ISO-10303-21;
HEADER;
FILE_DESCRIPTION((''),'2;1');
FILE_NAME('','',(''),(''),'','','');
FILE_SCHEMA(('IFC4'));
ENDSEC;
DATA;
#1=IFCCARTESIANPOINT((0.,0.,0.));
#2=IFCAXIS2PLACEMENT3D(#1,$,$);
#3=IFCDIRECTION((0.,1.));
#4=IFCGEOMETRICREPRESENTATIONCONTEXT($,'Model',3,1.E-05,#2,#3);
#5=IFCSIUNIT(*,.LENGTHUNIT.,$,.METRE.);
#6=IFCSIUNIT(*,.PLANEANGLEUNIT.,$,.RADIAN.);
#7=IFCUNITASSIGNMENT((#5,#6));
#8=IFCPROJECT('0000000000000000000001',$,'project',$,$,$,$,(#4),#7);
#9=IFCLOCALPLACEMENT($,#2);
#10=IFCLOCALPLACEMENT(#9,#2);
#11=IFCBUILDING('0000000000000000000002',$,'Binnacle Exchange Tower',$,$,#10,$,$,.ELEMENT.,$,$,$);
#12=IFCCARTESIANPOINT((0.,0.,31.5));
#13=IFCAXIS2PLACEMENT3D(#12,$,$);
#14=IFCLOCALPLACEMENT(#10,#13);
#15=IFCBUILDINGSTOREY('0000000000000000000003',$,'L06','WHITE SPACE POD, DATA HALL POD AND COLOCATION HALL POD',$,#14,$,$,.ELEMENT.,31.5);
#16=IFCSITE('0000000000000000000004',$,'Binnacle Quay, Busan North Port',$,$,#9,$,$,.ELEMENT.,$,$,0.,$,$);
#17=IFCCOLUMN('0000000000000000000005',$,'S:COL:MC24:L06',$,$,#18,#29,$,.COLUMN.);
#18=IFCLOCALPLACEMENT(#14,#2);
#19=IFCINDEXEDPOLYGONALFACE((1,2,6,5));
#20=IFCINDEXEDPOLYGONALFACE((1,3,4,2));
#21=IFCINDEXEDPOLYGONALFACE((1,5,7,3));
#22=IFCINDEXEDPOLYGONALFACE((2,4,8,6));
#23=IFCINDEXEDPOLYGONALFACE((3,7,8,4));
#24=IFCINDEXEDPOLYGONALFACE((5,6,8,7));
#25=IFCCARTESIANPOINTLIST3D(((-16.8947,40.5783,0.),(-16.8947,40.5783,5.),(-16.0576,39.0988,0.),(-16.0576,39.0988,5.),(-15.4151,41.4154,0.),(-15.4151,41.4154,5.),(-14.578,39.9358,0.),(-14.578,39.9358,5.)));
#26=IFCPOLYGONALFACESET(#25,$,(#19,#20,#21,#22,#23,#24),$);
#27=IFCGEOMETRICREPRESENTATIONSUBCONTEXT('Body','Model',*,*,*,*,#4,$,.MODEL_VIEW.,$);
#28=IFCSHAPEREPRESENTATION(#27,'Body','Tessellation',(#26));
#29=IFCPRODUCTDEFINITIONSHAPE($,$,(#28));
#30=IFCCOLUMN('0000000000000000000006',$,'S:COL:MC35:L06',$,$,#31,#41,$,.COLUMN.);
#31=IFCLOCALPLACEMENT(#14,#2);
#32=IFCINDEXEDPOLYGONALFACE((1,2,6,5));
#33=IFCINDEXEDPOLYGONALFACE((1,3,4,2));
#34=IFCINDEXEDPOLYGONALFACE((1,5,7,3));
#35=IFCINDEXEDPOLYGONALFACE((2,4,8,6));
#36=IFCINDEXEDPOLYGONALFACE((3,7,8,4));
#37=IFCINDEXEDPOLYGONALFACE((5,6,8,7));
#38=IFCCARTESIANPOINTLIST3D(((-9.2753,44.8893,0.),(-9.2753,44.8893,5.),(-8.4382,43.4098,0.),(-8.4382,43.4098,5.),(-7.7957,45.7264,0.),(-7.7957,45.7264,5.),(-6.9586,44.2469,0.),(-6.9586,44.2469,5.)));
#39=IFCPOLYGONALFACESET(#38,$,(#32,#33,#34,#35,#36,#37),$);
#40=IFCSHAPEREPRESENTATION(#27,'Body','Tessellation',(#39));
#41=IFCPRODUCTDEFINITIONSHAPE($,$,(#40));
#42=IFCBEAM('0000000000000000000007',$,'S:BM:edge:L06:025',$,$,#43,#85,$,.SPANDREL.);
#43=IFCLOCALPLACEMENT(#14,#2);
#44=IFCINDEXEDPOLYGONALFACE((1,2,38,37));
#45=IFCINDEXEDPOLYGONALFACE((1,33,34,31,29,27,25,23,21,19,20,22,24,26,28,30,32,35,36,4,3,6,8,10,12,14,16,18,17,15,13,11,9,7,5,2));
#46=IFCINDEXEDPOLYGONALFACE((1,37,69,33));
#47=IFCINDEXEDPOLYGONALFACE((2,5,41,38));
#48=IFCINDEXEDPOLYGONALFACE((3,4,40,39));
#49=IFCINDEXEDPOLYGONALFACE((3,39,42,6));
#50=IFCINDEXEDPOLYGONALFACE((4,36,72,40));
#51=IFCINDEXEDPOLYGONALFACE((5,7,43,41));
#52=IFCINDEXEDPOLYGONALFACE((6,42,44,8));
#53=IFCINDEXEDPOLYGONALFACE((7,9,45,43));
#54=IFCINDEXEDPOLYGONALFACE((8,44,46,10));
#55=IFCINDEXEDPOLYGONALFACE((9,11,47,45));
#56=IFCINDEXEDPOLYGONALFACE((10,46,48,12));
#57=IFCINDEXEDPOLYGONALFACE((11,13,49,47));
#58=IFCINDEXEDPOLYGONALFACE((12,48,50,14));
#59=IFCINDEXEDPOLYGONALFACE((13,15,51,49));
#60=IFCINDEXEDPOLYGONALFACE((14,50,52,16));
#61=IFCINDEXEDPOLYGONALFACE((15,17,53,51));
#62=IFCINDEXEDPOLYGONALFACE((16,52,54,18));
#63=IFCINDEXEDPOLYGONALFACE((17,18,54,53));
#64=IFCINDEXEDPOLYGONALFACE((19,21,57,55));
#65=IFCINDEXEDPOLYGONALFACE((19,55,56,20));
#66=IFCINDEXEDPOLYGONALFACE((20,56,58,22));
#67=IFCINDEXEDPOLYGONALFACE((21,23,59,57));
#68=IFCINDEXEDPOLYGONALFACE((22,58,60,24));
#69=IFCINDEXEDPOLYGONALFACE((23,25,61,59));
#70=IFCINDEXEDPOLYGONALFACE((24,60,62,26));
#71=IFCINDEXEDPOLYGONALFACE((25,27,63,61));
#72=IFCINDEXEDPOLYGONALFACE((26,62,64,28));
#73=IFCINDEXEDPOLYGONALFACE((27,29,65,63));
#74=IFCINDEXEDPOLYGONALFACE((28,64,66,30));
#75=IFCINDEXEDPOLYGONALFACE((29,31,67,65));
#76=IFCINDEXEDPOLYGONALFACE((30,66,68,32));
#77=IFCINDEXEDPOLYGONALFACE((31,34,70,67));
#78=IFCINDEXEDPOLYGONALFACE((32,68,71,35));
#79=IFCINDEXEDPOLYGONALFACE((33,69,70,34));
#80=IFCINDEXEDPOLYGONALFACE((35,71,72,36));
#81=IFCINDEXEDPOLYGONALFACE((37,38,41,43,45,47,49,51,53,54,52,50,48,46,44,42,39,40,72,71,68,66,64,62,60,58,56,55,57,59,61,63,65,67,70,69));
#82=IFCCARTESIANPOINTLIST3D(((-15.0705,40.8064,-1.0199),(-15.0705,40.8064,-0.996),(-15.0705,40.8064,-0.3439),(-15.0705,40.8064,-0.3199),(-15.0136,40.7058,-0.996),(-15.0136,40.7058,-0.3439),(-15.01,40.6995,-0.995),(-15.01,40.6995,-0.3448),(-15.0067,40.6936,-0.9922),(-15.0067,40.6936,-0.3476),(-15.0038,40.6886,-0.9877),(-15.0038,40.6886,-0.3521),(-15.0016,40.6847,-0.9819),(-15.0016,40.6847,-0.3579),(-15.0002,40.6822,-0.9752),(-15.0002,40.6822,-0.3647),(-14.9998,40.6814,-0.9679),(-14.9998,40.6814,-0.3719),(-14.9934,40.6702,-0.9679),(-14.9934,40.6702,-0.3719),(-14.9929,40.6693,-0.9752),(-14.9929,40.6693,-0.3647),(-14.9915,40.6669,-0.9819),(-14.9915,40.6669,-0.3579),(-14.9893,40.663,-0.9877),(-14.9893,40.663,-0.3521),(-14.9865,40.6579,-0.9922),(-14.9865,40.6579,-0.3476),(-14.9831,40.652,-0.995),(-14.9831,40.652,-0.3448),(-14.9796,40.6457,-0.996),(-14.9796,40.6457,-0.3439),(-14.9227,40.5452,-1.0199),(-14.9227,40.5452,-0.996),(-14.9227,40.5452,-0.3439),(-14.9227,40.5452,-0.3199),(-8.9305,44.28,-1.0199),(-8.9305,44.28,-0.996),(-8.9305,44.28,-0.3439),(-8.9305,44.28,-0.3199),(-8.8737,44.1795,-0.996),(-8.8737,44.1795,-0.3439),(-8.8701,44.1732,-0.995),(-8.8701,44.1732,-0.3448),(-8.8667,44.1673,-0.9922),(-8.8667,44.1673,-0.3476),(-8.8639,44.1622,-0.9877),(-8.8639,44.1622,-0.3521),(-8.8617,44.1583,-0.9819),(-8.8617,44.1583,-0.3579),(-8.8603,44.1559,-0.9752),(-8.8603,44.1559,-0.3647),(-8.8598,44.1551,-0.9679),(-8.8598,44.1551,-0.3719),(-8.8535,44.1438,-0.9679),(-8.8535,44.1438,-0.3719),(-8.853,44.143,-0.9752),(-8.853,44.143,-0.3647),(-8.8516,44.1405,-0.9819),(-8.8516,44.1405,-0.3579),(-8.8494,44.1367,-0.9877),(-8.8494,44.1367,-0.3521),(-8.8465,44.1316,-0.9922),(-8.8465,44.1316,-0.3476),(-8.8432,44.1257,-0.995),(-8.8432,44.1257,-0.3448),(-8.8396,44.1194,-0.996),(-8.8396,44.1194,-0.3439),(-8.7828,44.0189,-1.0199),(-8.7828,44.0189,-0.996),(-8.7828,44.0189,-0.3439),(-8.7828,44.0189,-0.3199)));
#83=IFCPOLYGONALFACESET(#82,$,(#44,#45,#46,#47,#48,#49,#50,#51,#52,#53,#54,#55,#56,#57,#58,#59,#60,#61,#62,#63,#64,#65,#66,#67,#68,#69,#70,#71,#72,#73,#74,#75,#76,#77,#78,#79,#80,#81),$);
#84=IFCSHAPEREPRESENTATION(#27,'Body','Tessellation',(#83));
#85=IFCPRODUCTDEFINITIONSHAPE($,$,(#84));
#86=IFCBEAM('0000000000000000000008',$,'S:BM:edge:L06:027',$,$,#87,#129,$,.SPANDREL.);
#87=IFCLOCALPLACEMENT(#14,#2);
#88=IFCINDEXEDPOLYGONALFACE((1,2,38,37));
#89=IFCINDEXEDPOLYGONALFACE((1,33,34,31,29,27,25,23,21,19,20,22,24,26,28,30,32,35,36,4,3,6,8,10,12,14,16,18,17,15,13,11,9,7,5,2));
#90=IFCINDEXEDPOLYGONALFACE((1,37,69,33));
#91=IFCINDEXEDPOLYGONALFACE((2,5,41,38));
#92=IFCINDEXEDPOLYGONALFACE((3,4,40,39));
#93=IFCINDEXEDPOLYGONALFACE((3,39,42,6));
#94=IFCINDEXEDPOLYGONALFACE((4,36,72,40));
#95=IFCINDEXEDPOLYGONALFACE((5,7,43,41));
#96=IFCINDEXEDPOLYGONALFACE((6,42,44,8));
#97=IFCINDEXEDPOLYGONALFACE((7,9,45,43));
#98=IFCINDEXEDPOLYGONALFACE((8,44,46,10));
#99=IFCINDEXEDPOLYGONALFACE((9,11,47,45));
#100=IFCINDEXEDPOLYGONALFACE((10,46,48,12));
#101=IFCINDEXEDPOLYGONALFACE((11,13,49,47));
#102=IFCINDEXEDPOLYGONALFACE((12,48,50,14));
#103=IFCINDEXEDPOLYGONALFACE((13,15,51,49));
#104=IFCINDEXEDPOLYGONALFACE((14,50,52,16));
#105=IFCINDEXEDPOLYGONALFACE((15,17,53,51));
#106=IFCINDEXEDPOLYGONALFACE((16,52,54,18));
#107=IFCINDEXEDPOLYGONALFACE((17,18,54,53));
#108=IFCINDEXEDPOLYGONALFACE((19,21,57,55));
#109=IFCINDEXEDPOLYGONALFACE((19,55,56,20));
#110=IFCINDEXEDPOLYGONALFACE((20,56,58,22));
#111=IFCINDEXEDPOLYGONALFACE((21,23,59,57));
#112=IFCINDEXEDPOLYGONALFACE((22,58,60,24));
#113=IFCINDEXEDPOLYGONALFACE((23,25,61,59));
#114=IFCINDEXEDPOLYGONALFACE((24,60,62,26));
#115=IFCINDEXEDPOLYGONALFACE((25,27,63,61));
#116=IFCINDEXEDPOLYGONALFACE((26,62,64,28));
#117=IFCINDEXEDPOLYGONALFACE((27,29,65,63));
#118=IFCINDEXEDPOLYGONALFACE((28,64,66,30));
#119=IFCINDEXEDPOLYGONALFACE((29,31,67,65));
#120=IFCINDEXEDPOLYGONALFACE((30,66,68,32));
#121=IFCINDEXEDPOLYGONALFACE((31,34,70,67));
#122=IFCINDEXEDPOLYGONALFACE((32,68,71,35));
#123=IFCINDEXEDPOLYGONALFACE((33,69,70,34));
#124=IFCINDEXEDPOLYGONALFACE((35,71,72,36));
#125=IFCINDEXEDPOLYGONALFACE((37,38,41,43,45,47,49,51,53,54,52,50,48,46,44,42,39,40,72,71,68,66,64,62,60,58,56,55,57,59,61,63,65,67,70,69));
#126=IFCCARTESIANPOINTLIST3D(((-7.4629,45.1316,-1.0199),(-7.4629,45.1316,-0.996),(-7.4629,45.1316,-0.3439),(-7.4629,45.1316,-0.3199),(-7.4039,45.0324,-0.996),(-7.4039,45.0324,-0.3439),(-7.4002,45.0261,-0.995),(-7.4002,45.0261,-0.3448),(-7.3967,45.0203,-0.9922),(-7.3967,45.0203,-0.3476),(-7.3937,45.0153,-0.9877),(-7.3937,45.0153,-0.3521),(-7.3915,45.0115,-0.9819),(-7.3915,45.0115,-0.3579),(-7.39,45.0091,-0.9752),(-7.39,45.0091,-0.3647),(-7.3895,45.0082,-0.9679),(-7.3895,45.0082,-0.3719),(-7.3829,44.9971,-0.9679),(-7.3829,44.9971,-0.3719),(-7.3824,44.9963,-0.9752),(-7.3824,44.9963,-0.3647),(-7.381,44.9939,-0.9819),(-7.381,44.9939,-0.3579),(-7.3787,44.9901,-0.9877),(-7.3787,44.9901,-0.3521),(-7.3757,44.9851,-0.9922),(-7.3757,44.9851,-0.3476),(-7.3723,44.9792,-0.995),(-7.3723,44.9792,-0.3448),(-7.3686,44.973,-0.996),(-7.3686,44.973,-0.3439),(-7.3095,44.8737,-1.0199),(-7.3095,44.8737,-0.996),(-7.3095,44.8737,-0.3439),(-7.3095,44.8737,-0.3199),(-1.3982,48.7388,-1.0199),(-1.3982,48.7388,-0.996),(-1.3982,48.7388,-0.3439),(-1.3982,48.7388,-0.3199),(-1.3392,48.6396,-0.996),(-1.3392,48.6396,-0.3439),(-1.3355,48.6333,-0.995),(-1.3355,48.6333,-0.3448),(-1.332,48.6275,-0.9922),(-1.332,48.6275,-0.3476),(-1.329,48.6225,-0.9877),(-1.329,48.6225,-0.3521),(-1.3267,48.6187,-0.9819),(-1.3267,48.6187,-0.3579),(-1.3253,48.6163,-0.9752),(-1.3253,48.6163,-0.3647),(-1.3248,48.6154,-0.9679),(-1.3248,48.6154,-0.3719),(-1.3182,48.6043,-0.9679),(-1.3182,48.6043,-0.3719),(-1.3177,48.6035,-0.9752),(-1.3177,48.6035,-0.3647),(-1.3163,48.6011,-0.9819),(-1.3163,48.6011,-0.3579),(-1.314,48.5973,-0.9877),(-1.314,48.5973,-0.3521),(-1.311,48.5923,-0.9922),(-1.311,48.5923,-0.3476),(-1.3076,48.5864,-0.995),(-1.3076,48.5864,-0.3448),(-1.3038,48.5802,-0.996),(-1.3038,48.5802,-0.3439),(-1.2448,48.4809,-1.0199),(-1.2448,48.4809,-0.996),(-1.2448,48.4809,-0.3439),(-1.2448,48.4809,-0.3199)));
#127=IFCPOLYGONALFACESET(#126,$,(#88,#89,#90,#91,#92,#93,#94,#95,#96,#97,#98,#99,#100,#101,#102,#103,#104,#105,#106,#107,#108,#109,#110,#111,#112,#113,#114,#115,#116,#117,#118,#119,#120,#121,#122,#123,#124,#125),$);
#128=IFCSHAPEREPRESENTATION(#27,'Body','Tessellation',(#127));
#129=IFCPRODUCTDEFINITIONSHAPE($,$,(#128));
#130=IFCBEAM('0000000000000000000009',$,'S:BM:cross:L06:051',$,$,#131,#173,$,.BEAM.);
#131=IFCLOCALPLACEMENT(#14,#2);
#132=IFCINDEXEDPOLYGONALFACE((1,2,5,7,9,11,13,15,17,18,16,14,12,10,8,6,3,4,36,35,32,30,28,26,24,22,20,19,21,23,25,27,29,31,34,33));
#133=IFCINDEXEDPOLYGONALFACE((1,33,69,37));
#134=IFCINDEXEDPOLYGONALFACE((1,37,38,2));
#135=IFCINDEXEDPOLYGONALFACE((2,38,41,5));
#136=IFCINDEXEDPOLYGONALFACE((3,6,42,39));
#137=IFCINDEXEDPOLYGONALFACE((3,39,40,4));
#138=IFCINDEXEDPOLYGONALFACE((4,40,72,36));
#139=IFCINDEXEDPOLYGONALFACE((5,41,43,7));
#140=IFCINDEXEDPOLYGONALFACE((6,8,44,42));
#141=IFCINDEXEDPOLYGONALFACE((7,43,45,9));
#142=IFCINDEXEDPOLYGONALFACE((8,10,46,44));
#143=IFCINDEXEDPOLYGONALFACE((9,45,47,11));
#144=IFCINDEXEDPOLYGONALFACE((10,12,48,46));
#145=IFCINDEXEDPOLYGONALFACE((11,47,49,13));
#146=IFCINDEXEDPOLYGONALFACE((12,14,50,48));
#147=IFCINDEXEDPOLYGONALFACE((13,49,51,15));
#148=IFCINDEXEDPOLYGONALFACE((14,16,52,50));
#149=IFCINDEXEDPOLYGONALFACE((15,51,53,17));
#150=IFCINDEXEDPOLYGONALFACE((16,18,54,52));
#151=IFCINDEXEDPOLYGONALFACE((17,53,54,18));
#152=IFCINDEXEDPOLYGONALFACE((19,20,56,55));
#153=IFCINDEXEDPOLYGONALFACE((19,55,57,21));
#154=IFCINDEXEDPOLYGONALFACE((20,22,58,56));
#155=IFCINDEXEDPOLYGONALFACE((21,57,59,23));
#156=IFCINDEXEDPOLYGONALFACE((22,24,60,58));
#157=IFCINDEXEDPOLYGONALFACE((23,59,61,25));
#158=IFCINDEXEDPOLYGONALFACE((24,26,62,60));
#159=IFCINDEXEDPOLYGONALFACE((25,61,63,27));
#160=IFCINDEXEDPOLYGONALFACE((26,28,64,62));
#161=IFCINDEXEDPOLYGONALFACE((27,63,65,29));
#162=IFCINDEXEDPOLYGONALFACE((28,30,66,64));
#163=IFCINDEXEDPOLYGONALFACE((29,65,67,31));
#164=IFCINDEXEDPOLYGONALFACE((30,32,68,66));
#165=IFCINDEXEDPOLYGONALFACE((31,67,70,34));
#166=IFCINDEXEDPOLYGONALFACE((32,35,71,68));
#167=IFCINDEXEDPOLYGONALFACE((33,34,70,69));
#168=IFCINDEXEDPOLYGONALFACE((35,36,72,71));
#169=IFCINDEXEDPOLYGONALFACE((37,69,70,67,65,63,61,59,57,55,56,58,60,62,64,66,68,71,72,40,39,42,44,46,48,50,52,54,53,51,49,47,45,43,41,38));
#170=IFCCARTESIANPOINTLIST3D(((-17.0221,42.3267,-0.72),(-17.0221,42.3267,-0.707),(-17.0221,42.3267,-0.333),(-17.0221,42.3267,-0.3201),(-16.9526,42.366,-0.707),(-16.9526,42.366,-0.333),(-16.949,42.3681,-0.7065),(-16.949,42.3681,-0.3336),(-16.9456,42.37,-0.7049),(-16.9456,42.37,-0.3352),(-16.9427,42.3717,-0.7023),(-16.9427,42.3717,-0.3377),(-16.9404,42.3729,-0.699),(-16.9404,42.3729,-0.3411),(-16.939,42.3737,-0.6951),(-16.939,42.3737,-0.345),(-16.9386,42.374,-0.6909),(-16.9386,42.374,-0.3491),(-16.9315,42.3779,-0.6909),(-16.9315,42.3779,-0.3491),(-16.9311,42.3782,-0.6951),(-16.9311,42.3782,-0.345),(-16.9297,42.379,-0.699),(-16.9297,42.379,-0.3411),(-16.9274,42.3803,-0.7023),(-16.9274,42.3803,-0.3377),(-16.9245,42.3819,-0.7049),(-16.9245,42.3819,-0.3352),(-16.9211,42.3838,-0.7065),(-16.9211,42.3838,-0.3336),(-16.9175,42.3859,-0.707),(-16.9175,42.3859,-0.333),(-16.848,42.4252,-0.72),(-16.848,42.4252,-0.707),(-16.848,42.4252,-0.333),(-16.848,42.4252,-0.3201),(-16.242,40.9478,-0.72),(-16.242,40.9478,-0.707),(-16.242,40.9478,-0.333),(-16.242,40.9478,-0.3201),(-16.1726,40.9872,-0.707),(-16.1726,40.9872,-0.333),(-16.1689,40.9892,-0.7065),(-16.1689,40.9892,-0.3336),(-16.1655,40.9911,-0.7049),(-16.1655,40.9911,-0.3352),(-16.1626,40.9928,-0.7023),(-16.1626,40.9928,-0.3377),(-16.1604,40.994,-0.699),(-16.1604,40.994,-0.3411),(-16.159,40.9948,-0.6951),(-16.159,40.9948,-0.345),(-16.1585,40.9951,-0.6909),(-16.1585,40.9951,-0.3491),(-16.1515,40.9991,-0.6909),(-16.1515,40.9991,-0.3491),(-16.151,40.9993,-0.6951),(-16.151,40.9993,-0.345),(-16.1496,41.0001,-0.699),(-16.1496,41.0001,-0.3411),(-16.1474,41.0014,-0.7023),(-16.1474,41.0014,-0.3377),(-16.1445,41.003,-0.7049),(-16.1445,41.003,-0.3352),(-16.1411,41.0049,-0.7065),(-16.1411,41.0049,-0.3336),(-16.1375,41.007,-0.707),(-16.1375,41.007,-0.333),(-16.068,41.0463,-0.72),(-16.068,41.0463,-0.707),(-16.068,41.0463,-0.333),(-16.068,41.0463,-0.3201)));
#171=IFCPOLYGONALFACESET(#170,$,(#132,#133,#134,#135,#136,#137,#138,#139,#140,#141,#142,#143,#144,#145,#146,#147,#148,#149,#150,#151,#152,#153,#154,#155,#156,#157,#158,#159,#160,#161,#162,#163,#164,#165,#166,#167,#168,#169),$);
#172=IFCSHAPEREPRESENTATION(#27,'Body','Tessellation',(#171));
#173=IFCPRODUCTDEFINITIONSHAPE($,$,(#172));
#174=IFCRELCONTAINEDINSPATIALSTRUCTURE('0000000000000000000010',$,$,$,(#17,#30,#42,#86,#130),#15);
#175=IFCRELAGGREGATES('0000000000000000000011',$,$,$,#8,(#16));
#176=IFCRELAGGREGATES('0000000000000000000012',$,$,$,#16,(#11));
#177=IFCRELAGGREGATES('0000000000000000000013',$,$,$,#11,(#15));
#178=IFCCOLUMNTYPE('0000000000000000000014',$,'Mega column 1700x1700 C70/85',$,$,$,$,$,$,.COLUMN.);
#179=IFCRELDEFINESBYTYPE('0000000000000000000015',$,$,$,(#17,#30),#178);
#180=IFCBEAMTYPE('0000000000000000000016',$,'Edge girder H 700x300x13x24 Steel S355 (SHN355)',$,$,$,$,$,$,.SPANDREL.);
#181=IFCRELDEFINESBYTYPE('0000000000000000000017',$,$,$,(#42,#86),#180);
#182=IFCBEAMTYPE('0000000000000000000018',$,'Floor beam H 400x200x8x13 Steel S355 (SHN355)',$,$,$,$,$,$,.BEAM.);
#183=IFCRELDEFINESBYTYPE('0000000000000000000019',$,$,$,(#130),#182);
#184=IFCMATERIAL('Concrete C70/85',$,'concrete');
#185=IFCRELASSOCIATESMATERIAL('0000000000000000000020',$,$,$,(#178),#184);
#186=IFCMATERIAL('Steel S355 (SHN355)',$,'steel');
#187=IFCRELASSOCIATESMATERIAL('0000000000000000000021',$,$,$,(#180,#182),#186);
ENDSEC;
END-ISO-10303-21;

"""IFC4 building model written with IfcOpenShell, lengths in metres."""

from ifc_helpers import new_model, si_unit, direction, frame, origin, origin_2d, place, context, subcontext, project, spatial, rectangle, i_section, extrude, material, material_profile, profile_set, type_object, element, save


model = new_model("IFC4")

# Units and contexts
model_context = context("Model", 3, precision=1e-05, world=origin(), true_north=direction((0.0, 1.0)))
body_context = subcontext(model_context, "Body", "Model", "MODEL_VIEW")
ifc_project = project(units=[si_unit("LENGTHUNIT", "METRE"), si_unit("PLANEANGLEUNIT", "RADIAN")], contexts=[model_context])

# Site, building, storey
site_placement = place(None, origin())
site = spatial("IfcSite", under=ifc_project, at=site_placement, Name="Binnacle Quay, Busan North Port", CompositionType="ELEMENT", RefElevation=0.0)
building_placement = place(site_placement, origin())
building = spatial("IfcBuilding", under=site, at=building_placement, Name="Binnacle Exchange Tower", CompositionType="ELEMENT")
storey_placement = place(building_placement, frame((0.0, 0.0, 31.5)))
storey = spatial("IfcBuildingStorey", under=building, at=storey_placement, Name="L06", Description="WHITE SPACE POD, DATA HALL POD AND COLOCATION HALL POD", CompositionType="ELEMENT", Elevation=31.5)

# Columns
ifc_material_1 = material(Name="Concrete C70/85", Category="concrete")
ifc_material_profile_1 = material_profile(ifc_material_1, rectangle(XDim=1.7, YDim=1.7, at=origin_2d()), Name="Mega column 1700x1700 C70/85")
ifc_profile_set_1 = profile_set([ifc_material_profile_1], Name="Concrete C70/85")
column_type = type_object("IfcColumnType", Name="Mega column 1700x1700 C70/85", PredefinedType="COLUMN", material=ifc_profile_set_1)
for number, where, z_axis, x_axis, name in (
    (1, (-15.7363, 40.2571, 0.0), (0.0, 0.0, 1.0), (0.870356, 0.492424, 0.0), "S:COL:MC24:L06"),
    (2, (-8.1169, 44.5681, 0.0), (0.0, 0.0, 1.0), (0.870356, 0.492424, 0.0), "S:COL:MC35:L06"),
):
    element("IfcColumn", number, at=place(storey_placement, frame(where, z_axis=z_axis, x_axis=x_axis)), inside=storey, type_object=column_type, Name=name, PredefinedType="COLUMN", context=body_context, shape_type="SweptSolid", body=[
        extrude(rectangle(XDim=1.7, YDim=1.7, at=origin_2d()), origin(), (0.0, 0.0, 1.0), 5.0),
    ])

# Beams
ifc_material_2 = material(Name="Steel S355 (SHN355)", Category="steel")
ifc_material_profile_2 = material_profile(ifc_material_2, i_section(OverallWidth=0.3, OverallDepth=0.7, WebThickness=0.0129, FlangeThickness=0.0239, FilletRadius=0.0281, at=origin_2d()), Name="H 700x300x13x24")
ifc_profile_set_2 = profile_set([ifc_material_profile_2], Name="Steel S355 (SHN355)")
beam_type_1 = type_object("IfcBeamType", Name="Edge girder H 700x300x13x24 Steel S355 (SHN355)", PredefinedType="SPANDREL", material=ifc_profile_set_2)
beam_1_placement = place(storey_placement, frame((-14.9966, 40.6758, -0.6699), z_axis=(0.870365, 0.492407, 0.0), x_axis=(-0.492407, 0.870365, 0.0)))
element("IfcBeam", 3, at=beam_1_placement, inside=storey, type_object=beam_type_1, Name="S:BM:edge:L06:025", PredefinedType="SPANDREL", context=body_context, shape_type="SweptSolid", body=[
    extrude(i_section(OverallWidth=0.3, OverallDepth=0.7, WebThickness=0.0129, FlangeThickness=0.0239, FilletRadius=0.0281, at=origin_2d()), origin(), (0.0, 0.0, 1.0), 7.0544),
])
beam_2_placement = place(storey_placement, frame((-7.3862, 45.0027, -0.6699), z_axis=(0.859465, 0.511195, 0.0), x_axis=(-0.511195, 0.859465, 0.0)))
element("IfcBeam", 4, at=beam_2_placement, inside=storey, type_object=beam_type_1, Name="S:BM:edge:L06:027", PredefinedType="SPANDREL", context=body_context, shape_type="SweptSolid", body=[
    extrude(i_section(OverallWidth=0.3, OverallDepth=0.7, WebThickness=0.0129, FlangeThickness=0.0239, FilletRadius=0.0281, at=origin_2d()), origin(), (0.0, 0.0, 1.0), 7.0564),
])
ifc_material_profile_3 = material_profile(ifc_material_2, i_section(OverallWidth=0.2, OverallDepth=0.3999, WebThickness=0.0081, FlangeThickness=0.0129, FilletRadius=0.0161, at=origin_2d()), Name="H 400x200x8x13")
ifc_profile_set_3 = profile_set([ifc_material_profile_3], Name="Steel S355 (SHN355)")
beam_type_2 = type_object("IfcBeamType", Name="Floor beam H 400x200x8x13 Steel S355 (SHN355)", PredefinedType="BEAM", material=ifc_profile_set_3)
beam_3_placement = place(storey_placement, frame((-16.155, 40.9971, -0.52), z_axis=(-0.492367, 0.870388, 0.0), x_axis=(-0.870388, -0.492367, 0.0)))
element("IfcBeam", 5, at=beam_3_placement, inside=storey, type_object=beam_type_2, Name="S:BM:cross:L06:051", PredefinedType="BEAM", context=body_context, shape_type="SweptSolid", body=[
    extrude(i_section(OverallWidth=0.2, OverallDepth=0.3999, WebThickness=0.0081, FlangeThickness=0.0129, FilletRadius=0.0161, at=origin_2d()), origin(), (0.0, 0.0, 1.0), 1.5842),
])

save(model, "model.ifc")
